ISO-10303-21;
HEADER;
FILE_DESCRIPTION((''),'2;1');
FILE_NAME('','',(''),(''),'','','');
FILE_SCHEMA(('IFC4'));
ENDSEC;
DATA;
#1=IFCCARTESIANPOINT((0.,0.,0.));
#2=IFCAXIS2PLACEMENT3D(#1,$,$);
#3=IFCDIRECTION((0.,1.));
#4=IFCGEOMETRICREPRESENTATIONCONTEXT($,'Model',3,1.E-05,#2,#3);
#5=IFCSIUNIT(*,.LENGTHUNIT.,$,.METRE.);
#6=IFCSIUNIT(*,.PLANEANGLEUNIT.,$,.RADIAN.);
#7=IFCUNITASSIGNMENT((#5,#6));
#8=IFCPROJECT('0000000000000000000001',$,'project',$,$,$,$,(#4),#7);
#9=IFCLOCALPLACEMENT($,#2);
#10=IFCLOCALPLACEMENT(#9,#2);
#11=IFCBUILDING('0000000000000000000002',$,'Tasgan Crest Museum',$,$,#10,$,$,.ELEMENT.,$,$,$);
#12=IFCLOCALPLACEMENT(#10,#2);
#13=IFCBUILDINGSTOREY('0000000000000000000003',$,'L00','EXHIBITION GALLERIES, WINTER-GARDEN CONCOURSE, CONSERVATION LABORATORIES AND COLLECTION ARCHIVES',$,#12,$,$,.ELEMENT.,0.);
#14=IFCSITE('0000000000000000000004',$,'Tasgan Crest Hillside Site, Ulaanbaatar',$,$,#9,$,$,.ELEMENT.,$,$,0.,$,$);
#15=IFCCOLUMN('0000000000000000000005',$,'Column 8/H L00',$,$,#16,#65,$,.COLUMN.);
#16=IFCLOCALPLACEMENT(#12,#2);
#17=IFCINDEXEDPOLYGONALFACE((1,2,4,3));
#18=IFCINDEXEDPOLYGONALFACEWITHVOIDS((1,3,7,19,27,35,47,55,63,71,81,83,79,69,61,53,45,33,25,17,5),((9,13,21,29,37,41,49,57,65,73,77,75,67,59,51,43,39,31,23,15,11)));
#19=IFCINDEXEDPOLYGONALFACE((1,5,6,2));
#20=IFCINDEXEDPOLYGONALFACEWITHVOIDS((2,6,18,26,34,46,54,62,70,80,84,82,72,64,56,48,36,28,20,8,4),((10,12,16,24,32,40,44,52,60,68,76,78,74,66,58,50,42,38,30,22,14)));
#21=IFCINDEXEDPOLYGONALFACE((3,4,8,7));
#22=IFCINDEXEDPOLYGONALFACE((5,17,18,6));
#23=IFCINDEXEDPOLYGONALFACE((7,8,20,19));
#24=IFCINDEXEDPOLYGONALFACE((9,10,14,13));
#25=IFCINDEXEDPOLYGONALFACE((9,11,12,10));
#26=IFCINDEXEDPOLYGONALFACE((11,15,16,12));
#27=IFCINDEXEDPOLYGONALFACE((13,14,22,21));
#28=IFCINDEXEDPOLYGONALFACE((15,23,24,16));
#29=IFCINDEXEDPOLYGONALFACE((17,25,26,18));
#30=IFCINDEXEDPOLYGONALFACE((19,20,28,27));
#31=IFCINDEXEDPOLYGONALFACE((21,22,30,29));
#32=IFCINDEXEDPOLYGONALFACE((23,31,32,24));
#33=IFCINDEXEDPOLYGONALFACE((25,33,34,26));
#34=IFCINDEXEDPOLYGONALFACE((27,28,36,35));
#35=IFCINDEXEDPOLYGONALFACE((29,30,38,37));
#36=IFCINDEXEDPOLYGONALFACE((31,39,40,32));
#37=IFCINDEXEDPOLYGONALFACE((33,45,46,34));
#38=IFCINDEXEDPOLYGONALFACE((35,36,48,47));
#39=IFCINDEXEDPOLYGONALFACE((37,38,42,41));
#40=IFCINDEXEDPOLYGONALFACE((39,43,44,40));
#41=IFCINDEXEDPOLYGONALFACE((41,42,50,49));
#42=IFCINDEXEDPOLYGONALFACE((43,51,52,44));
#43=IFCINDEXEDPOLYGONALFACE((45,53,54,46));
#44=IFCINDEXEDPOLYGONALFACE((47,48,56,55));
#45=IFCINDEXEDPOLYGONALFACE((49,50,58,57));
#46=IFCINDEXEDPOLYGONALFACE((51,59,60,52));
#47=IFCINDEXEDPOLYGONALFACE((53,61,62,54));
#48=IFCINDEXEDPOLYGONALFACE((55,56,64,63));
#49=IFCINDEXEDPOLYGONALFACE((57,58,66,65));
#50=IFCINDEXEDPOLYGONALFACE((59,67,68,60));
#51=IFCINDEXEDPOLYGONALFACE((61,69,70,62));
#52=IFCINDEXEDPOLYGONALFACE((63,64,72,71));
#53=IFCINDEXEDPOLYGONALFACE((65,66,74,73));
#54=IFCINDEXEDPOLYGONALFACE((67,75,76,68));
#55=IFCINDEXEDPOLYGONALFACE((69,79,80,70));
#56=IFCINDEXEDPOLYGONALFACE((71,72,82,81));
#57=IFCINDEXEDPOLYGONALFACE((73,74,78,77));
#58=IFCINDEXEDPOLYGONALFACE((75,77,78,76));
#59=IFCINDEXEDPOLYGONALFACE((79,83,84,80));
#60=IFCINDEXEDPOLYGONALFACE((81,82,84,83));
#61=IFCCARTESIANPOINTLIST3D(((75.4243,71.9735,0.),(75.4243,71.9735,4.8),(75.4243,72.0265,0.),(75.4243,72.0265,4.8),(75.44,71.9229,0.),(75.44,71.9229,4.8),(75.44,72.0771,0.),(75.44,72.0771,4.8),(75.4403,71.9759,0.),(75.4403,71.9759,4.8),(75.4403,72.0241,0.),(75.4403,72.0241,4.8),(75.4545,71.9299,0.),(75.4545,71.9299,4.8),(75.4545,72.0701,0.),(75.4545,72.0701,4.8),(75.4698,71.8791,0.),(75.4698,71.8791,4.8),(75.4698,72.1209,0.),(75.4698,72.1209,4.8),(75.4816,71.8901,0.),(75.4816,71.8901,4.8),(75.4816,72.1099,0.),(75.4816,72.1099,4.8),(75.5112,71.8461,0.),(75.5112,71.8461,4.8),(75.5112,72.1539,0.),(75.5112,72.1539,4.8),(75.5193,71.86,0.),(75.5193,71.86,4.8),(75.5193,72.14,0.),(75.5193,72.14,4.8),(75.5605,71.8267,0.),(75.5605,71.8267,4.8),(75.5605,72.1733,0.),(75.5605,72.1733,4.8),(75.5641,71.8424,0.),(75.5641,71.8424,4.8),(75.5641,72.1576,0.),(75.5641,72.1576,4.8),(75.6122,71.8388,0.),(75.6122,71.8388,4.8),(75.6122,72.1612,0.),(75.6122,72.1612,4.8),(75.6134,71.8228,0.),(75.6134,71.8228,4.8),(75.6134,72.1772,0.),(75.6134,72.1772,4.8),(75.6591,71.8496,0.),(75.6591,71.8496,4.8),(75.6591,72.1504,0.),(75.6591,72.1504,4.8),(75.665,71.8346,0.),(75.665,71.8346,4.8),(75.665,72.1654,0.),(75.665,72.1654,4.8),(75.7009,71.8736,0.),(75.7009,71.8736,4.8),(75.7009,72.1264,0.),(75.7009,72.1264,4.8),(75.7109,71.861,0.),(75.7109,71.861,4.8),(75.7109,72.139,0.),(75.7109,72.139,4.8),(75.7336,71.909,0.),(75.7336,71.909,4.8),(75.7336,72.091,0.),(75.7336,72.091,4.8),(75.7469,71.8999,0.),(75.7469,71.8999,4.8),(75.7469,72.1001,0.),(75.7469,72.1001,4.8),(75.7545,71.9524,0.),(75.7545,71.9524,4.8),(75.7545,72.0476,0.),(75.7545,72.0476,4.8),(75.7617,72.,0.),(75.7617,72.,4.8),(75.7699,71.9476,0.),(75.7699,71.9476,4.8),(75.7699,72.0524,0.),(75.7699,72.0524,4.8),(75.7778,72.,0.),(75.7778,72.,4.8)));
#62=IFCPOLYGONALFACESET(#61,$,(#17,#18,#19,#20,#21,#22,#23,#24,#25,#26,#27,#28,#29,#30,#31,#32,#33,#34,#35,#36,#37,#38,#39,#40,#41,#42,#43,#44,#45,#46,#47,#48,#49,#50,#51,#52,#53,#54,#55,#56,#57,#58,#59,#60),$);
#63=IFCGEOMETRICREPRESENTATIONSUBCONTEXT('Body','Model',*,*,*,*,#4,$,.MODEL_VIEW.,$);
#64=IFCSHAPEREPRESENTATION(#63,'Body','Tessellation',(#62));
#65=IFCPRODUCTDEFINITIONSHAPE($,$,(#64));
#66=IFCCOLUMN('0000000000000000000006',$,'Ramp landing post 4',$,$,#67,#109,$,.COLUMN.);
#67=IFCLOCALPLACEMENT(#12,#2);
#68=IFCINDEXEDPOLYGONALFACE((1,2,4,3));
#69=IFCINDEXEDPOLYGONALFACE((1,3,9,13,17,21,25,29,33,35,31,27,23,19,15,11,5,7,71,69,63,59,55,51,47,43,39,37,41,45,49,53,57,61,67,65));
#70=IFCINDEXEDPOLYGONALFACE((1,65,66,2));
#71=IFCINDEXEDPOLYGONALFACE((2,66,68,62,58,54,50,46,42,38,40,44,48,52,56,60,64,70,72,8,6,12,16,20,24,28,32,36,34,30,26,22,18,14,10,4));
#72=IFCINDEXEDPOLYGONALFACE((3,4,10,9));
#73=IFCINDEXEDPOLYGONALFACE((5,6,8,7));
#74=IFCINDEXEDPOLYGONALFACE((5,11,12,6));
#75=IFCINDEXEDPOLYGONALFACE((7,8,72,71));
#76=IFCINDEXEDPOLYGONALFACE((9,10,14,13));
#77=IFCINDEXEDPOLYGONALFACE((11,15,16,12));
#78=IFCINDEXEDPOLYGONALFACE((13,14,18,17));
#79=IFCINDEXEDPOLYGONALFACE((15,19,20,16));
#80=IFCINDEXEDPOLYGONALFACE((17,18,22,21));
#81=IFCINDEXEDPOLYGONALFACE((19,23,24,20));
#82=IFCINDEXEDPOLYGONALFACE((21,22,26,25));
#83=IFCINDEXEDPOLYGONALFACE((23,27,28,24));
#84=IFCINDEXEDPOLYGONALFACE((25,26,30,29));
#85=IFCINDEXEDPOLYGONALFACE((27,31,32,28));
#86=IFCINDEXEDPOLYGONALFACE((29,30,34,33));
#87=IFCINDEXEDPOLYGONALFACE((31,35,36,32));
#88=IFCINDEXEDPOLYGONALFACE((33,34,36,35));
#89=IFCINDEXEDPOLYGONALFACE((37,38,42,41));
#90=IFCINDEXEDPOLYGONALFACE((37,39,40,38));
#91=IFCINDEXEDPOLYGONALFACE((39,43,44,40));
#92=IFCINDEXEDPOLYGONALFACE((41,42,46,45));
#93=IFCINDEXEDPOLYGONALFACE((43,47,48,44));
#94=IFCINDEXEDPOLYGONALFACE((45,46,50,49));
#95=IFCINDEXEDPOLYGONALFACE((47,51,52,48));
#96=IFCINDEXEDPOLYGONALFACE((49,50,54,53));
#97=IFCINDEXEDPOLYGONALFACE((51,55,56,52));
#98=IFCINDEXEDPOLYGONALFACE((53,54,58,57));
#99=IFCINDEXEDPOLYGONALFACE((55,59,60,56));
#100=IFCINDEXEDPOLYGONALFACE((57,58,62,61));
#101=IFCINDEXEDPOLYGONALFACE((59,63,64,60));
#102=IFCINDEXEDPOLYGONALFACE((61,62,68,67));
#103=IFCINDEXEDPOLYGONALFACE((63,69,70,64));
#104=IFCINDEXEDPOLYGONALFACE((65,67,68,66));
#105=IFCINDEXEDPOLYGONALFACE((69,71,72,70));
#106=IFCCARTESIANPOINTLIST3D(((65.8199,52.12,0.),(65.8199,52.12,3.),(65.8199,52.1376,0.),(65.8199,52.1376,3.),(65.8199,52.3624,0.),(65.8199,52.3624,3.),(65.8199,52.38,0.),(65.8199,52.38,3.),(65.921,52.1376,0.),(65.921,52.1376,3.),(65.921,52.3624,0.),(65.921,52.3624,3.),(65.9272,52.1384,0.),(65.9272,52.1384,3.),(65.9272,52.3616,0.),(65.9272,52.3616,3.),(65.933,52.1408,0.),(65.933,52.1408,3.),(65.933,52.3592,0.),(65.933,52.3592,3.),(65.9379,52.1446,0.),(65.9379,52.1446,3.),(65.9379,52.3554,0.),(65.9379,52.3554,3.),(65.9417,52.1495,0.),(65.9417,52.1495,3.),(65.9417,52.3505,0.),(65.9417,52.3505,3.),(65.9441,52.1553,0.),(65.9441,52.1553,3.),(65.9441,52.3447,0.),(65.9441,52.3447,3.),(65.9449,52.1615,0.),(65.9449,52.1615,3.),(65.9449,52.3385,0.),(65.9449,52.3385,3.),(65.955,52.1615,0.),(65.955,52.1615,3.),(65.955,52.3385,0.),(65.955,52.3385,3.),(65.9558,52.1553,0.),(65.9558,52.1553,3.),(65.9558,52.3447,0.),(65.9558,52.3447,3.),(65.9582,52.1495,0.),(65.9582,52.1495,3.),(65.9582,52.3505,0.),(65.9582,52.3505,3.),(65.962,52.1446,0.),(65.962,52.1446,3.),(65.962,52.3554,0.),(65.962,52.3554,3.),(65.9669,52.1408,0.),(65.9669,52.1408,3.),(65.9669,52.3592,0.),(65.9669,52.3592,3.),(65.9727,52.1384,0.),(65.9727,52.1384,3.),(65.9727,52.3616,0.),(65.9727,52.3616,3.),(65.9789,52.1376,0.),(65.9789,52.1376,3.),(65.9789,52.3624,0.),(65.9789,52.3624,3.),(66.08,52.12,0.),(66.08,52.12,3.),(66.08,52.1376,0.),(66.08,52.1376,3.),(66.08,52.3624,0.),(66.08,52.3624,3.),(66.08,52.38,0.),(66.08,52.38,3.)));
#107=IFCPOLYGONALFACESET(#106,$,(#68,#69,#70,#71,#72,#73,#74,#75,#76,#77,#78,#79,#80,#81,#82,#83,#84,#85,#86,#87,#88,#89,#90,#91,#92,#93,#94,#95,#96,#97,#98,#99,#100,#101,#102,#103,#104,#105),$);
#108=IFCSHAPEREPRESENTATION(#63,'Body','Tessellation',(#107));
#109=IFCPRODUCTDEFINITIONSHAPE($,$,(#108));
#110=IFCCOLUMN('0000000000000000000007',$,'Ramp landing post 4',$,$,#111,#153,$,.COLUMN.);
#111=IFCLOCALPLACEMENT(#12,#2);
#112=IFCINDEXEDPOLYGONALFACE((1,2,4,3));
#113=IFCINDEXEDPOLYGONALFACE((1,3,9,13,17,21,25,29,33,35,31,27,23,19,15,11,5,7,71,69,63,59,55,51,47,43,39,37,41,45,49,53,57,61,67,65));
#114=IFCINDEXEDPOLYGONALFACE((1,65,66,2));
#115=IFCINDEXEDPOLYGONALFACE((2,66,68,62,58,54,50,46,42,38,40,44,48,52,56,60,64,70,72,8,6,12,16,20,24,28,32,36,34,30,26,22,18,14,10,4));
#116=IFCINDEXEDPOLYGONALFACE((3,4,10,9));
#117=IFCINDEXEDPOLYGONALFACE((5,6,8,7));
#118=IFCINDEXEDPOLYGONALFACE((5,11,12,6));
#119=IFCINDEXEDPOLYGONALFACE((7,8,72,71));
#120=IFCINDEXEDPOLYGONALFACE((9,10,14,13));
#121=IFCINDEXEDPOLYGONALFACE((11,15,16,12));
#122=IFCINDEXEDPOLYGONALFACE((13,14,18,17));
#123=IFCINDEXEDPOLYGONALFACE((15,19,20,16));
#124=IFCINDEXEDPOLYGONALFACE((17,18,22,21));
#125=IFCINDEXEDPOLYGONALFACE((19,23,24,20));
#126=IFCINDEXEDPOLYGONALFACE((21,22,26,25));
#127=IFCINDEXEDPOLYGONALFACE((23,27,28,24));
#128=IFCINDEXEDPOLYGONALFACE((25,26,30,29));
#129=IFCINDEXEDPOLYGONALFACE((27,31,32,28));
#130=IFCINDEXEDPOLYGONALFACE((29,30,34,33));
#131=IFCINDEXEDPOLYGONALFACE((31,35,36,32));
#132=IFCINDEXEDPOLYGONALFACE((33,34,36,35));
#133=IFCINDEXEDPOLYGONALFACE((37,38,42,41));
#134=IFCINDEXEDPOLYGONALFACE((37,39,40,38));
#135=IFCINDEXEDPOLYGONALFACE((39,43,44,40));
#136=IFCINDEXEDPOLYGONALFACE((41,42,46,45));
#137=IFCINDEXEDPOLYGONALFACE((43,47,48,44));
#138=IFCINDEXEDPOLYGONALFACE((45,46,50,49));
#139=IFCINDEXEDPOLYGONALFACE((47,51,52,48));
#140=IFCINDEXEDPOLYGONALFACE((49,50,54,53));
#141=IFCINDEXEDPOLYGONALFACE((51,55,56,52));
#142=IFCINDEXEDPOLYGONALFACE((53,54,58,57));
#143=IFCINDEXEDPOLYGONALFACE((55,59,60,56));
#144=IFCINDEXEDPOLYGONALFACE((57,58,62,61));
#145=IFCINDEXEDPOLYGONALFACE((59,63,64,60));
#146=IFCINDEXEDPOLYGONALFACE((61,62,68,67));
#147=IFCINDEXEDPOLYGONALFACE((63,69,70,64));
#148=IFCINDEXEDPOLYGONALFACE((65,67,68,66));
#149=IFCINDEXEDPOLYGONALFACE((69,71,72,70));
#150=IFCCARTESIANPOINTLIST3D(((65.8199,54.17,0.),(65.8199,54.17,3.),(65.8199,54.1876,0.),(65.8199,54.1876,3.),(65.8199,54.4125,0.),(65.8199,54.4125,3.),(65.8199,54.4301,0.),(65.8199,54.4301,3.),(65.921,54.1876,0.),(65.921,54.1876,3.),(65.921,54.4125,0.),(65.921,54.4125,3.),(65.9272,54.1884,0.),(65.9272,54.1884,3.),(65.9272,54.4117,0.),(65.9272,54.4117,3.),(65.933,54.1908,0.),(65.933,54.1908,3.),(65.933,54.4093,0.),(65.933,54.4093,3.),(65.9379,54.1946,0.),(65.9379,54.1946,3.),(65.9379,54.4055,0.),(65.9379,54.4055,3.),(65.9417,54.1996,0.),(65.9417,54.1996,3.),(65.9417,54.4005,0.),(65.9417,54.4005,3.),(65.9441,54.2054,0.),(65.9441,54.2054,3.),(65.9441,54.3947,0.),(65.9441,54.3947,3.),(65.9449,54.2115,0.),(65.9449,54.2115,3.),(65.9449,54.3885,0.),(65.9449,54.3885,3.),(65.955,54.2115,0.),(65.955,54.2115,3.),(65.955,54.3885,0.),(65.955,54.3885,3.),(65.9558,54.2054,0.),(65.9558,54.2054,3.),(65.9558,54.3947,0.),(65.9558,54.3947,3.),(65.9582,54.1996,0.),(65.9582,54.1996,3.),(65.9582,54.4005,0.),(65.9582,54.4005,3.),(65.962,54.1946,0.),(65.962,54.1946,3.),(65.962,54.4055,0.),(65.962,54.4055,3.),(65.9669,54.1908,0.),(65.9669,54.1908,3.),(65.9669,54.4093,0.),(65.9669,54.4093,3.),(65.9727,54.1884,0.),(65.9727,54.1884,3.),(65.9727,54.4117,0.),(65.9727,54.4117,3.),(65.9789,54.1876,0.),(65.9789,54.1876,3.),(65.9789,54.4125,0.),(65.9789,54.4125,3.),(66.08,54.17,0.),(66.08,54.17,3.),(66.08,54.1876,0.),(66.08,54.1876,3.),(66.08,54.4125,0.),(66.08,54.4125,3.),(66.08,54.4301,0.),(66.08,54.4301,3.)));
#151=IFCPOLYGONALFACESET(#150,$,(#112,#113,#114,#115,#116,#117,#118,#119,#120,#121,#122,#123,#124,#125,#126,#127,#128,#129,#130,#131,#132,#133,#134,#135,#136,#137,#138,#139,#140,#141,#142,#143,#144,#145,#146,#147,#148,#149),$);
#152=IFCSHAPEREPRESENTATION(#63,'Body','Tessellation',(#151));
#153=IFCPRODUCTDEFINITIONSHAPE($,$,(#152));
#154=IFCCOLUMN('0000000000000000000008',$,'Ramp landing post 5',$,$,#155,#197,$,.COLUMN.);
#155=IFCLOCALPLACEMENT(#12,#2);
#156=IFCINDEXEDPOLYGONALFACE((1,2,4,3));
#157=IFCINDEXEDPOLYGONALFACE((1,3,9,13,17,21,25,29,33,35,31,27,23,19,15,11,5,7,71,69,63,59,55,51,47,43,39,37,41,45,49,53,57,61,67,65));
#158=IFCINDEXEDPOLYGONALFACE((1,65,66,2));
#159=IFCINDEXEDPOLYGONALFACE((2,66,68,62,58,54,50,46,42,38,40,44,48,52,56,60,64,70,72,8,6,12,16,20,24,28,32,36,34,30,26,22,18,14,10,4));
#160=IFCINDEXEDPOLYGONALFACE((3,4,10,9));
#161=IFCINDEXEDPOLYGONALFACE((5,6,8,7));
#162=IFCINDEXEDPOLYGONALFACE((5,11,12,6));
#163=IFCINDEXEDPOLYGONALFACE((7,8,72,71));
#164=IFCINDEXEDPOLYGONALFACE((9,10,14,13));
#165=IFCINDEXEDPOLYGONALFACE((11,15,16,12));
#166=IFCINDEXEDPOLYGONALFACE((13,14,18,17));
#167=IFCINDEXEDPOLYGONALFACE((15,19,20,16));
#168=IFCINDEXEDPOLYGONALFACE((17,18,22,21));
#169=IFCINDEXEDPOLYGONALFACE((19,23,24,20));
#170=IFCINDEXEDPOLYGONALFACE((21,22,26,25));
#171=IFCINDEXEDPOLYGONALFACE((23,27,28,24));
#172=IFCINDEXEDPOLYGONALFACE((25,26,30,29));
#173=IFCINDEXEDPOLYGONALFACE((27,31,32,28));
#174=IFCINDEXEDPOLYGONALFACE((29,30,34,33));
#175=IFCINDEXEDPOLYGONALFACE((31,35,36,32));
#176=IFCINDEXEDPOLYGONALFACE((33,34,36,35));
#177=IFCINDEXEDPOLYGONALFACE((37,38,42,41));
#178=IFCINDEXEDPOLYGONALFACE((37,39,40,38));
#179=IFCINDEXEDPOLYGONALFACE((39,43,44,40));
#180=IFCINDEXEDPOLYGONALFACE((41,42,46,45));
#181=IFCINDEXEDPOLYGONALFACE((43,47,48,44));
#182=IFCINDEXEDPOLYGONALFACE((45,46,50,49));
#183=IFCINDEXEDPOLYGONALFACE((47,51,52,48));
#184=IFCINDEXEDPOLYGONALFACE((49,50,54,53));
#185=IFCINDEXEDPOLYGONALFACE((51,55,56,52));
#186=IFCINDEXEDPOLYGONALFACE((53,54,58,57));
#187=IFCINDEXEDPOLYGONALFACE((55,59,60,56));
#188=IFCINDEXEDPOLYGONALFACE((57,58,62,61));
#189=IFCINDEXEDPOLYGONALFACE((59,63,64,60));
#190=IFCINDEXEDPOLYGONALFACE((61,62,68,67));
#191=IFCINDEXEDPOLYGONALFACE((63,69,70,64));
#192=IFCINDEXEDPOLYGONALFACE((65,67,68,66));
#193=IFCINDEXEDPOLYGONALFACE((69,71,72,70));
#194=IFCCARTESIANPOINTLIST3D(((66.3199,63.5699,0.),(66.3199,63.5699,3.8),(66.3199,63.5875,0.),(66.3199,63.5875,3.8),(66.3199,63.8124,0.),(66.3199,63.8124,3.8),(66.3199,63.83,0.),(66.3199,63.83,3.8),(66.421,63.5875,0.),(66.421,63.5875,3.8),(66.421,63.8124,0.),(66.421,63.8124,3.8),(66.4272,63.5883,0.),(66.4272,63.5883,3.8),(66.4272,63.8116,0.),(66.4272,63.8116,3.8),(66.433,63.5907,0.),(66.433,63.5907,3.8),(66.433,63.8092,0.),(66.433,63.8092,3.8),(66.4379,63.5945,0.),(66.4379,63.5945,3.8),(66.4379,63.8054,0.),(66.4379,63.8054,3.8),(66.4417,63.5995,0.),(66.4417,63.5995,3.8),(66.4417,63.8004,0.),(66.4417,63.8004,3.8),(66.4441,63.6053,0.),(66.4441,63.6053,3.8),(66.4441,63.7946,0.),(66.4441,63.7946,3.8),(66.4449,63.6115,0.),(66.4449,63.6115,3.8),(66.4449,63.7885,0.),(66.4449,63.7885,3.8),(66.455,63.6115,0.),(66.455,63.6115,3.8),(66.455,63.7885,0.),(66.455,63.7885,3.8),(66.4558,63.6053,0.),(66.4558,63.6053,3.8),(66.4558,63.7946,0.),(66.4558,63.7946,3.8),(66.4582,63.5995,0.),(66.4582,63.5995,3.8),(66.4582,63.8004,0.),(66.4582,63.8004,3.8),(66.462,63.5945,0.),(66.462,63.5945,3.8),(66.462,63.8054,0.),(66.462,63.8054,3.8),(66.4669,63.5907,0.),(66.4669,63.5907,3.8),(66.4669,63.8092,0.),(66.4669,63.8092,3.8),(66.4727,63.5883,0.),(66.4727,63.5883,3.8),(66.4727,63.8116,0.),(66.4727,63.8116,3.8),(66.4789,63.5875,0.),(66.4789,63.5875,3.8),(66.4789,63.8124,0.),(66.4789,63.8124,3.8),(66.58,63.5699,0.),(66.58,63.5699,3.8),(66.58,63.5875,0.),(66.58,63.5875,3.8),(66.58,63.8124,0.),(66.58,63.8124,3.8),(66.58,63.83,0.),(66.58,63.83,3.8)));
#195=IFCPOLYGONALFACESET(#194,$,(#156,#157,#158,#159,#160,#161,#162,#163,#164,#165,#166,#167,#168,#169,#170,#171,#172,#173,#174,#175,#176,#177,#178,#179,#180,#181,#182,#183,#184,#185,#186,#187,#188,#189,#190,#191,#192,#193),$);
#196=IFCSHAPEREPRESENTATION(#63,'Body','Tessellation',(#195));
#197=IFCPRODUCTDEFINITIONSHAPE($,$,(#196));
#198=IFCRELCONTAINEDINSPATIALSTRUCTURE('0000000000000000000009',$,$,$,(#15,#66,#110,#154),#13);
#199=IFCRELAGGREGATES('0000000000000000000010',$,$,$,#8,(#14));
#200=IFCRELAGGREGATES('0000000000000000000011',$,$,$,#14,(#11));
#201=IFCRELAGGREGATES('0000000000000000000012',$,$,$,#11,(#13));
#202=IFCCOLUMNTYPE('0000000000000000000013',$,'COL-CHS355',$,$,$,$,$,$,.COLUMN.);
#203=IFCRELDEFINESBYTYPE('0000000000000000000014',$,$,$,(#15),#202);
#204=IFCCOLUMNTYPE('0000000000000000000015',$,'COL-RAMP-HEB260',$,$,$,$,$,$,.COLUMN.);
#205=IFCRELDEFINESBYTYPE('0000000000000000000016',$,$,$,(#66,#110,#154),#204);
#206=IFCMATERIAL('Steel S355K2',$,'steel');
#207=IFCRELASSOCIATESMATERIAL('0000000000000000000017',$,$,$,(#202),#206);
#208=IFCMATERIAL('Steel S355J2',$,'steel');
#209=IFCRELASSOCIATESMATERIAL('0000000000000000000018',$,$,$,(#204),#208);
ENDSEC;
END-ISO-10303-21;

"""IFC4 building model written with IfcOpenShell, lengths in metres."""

from ifc_helpers import new_model, si_unit, direction, frame, origin, origin_2d, place, context, subcontext, project, spatial, hollow_circle, i_section, extrude, material, material_profile, profile_set, type_object, element, save


model = new_model("IFC4")

# Units and contexts
model_context = context("Model", 3, precision=1e-05, world=origin(), true_north=direction((0.0, 1.0)))
body_context = subcontext(model_context, "Body", "Model", "MODEL_VIEW")
ifc_project = project(units=[si_unit("LENGTHUNIT", "METRE"), si_unit("PLANEANGLEUNIT", "RADIAN")], contexts=[model_context])

# Site, building, storey
site_placement = place(None, origin())
site = spatial("IfcSite", under=ifc_project, at=site_placement, Name="Tasgan Crest Hillside Site, Ulaanbaatar", CompositionType="ELEMENT", RefElevation=0.0)
building_placement = place(site_placement, origin())
building = spatial("IfcBuilding", under=site, at=building_placement, Name="Tasgan Crest Museum", CompositionType="ELEMENT")
storey_placement = place(building_placement, origin())
storey = spatial("IfcBuildingStorey", under=building, at=storey_placement, Name="L00", Description="EXHIBITION GALLERIES, WINTER-GARDEN CONCOURSE, CONSERVATION LABORATORIES AND COLLECTION ARCHIVES", CompositionType="ELEMENT", Elevation=0.0)

# Columns
ifc_material_1 = material(Name="Steel S355K2", Category="steel")
ifc_material_profile_1 = material_profile(ifc_material_1, hollow_circle(Radius=0.1777, WallThickness=0.0161, at=origin_2d()), Name="CHS 355.6x16")
ifc_profile_set_1 = profile_set([ifc_material_profile_1], Name="Steel S355K2")
column_type_1 = type_object("IfcColumnType", Name="COL-CHS355", PredefinedType="COLUMN", material=ifc_profile_set_1)
for number, where, z_axis, x_axis, name in (
    (1, (75.6001, 72.0, 0.0), (0.0, 0.0, 1.0), (1.0, 0.0, 0.0), "Column 8/H L00"),
):
    element("IfcColumn", number, at=place(storey_placement, frame(where, z_axis=z_axis, x_axis=x_axis)), inside=storey, type_object=column_type_1, Name=name, PredefinedType="COLUMN", context=body_context, shape_type="SweptSolid", body=[
        extrude(hollow_circle(Radius=0.1777, WallThickness=0.0161, at=origin_2d()), origin(), (0.0, 0.0, 1.0), 4.8),
    ])
ifc_material_2 = material(Name="Steel S355J2", Category="steel")
ifc_material_profile_2 = material_profile(ifc_material_2, i_section(OverallWidth=0.26, OverallDepth=0.26, WebThickness=0.01, FlangeThickness=0.0176, FilletRadius=0.0239, at=origin_2d()), Name="HEB 260")
ifc_profile_set_2 = profile_set([ifc_material_profile_2], Name="Steel S355J2")
column_type_2 = type_object("IfcColumnType", Name="COL-RAMP-HEB260", PredefinedType="COLUMN", material=ifc_profile_set_2)
for number, where, z_axis, x_axis, name in (
    (2, (65.95, 52.25, 0.0), (0.0, 0.0, 1.0), (1.0, 0.0, 0.0), "Ramp landing post 4"),
    (3, (65.95, 54.3, 0.0), (0.0, 0.0, 1.0), (1.0, 0.0, 0.0), "Ramp landing post 4"),
):
    element("IfcColumn", number, at=place(storey_placement, frame(where, z_axis=z_axis, x_axis=x_axis)), inside=storey, type_object=column_type_2, Name=name, PredefinedType="COLUMN", context=body_context, shape_type="SweptSolid", body=[
        extrude(i_section(OverallWidth=0.26, OverallDepth=0.26, WebThickness=0.01, FlangeThickness=0.0176, FilletRadius=0.0239, at=origin_2d()), origin(), (0.0, 0.0, 1.0), 3.0),
    ])
for number, where, z_axis, x_axis, name in (
    (4, (66.45, 63.7, 0.0), (0.0, 0.0, 1.0), (1.0, 0.0, 0.0), "Ramp landing post 5"),
):
    element("IfcColumn", number, at=place(storey_placement, frame(where, z_axis=z_axis, x_axis=x_axis)), inside=storey, type_object=column_type_2, Name=name, PredefinedType="COLUMN", context=body_context, shape_type="SweptSolid", body=[
        extrude(i_section(OverallWidth=0.26, OverallDepth=0.26, WebThickness=0.01, FlangeThickness=0.0176, FilletRadius=0.0239, at=origin_2d()), origin(), (0.0, 0.0, 1.0), 3.8),
    ])

save(model, "model.ifc")
